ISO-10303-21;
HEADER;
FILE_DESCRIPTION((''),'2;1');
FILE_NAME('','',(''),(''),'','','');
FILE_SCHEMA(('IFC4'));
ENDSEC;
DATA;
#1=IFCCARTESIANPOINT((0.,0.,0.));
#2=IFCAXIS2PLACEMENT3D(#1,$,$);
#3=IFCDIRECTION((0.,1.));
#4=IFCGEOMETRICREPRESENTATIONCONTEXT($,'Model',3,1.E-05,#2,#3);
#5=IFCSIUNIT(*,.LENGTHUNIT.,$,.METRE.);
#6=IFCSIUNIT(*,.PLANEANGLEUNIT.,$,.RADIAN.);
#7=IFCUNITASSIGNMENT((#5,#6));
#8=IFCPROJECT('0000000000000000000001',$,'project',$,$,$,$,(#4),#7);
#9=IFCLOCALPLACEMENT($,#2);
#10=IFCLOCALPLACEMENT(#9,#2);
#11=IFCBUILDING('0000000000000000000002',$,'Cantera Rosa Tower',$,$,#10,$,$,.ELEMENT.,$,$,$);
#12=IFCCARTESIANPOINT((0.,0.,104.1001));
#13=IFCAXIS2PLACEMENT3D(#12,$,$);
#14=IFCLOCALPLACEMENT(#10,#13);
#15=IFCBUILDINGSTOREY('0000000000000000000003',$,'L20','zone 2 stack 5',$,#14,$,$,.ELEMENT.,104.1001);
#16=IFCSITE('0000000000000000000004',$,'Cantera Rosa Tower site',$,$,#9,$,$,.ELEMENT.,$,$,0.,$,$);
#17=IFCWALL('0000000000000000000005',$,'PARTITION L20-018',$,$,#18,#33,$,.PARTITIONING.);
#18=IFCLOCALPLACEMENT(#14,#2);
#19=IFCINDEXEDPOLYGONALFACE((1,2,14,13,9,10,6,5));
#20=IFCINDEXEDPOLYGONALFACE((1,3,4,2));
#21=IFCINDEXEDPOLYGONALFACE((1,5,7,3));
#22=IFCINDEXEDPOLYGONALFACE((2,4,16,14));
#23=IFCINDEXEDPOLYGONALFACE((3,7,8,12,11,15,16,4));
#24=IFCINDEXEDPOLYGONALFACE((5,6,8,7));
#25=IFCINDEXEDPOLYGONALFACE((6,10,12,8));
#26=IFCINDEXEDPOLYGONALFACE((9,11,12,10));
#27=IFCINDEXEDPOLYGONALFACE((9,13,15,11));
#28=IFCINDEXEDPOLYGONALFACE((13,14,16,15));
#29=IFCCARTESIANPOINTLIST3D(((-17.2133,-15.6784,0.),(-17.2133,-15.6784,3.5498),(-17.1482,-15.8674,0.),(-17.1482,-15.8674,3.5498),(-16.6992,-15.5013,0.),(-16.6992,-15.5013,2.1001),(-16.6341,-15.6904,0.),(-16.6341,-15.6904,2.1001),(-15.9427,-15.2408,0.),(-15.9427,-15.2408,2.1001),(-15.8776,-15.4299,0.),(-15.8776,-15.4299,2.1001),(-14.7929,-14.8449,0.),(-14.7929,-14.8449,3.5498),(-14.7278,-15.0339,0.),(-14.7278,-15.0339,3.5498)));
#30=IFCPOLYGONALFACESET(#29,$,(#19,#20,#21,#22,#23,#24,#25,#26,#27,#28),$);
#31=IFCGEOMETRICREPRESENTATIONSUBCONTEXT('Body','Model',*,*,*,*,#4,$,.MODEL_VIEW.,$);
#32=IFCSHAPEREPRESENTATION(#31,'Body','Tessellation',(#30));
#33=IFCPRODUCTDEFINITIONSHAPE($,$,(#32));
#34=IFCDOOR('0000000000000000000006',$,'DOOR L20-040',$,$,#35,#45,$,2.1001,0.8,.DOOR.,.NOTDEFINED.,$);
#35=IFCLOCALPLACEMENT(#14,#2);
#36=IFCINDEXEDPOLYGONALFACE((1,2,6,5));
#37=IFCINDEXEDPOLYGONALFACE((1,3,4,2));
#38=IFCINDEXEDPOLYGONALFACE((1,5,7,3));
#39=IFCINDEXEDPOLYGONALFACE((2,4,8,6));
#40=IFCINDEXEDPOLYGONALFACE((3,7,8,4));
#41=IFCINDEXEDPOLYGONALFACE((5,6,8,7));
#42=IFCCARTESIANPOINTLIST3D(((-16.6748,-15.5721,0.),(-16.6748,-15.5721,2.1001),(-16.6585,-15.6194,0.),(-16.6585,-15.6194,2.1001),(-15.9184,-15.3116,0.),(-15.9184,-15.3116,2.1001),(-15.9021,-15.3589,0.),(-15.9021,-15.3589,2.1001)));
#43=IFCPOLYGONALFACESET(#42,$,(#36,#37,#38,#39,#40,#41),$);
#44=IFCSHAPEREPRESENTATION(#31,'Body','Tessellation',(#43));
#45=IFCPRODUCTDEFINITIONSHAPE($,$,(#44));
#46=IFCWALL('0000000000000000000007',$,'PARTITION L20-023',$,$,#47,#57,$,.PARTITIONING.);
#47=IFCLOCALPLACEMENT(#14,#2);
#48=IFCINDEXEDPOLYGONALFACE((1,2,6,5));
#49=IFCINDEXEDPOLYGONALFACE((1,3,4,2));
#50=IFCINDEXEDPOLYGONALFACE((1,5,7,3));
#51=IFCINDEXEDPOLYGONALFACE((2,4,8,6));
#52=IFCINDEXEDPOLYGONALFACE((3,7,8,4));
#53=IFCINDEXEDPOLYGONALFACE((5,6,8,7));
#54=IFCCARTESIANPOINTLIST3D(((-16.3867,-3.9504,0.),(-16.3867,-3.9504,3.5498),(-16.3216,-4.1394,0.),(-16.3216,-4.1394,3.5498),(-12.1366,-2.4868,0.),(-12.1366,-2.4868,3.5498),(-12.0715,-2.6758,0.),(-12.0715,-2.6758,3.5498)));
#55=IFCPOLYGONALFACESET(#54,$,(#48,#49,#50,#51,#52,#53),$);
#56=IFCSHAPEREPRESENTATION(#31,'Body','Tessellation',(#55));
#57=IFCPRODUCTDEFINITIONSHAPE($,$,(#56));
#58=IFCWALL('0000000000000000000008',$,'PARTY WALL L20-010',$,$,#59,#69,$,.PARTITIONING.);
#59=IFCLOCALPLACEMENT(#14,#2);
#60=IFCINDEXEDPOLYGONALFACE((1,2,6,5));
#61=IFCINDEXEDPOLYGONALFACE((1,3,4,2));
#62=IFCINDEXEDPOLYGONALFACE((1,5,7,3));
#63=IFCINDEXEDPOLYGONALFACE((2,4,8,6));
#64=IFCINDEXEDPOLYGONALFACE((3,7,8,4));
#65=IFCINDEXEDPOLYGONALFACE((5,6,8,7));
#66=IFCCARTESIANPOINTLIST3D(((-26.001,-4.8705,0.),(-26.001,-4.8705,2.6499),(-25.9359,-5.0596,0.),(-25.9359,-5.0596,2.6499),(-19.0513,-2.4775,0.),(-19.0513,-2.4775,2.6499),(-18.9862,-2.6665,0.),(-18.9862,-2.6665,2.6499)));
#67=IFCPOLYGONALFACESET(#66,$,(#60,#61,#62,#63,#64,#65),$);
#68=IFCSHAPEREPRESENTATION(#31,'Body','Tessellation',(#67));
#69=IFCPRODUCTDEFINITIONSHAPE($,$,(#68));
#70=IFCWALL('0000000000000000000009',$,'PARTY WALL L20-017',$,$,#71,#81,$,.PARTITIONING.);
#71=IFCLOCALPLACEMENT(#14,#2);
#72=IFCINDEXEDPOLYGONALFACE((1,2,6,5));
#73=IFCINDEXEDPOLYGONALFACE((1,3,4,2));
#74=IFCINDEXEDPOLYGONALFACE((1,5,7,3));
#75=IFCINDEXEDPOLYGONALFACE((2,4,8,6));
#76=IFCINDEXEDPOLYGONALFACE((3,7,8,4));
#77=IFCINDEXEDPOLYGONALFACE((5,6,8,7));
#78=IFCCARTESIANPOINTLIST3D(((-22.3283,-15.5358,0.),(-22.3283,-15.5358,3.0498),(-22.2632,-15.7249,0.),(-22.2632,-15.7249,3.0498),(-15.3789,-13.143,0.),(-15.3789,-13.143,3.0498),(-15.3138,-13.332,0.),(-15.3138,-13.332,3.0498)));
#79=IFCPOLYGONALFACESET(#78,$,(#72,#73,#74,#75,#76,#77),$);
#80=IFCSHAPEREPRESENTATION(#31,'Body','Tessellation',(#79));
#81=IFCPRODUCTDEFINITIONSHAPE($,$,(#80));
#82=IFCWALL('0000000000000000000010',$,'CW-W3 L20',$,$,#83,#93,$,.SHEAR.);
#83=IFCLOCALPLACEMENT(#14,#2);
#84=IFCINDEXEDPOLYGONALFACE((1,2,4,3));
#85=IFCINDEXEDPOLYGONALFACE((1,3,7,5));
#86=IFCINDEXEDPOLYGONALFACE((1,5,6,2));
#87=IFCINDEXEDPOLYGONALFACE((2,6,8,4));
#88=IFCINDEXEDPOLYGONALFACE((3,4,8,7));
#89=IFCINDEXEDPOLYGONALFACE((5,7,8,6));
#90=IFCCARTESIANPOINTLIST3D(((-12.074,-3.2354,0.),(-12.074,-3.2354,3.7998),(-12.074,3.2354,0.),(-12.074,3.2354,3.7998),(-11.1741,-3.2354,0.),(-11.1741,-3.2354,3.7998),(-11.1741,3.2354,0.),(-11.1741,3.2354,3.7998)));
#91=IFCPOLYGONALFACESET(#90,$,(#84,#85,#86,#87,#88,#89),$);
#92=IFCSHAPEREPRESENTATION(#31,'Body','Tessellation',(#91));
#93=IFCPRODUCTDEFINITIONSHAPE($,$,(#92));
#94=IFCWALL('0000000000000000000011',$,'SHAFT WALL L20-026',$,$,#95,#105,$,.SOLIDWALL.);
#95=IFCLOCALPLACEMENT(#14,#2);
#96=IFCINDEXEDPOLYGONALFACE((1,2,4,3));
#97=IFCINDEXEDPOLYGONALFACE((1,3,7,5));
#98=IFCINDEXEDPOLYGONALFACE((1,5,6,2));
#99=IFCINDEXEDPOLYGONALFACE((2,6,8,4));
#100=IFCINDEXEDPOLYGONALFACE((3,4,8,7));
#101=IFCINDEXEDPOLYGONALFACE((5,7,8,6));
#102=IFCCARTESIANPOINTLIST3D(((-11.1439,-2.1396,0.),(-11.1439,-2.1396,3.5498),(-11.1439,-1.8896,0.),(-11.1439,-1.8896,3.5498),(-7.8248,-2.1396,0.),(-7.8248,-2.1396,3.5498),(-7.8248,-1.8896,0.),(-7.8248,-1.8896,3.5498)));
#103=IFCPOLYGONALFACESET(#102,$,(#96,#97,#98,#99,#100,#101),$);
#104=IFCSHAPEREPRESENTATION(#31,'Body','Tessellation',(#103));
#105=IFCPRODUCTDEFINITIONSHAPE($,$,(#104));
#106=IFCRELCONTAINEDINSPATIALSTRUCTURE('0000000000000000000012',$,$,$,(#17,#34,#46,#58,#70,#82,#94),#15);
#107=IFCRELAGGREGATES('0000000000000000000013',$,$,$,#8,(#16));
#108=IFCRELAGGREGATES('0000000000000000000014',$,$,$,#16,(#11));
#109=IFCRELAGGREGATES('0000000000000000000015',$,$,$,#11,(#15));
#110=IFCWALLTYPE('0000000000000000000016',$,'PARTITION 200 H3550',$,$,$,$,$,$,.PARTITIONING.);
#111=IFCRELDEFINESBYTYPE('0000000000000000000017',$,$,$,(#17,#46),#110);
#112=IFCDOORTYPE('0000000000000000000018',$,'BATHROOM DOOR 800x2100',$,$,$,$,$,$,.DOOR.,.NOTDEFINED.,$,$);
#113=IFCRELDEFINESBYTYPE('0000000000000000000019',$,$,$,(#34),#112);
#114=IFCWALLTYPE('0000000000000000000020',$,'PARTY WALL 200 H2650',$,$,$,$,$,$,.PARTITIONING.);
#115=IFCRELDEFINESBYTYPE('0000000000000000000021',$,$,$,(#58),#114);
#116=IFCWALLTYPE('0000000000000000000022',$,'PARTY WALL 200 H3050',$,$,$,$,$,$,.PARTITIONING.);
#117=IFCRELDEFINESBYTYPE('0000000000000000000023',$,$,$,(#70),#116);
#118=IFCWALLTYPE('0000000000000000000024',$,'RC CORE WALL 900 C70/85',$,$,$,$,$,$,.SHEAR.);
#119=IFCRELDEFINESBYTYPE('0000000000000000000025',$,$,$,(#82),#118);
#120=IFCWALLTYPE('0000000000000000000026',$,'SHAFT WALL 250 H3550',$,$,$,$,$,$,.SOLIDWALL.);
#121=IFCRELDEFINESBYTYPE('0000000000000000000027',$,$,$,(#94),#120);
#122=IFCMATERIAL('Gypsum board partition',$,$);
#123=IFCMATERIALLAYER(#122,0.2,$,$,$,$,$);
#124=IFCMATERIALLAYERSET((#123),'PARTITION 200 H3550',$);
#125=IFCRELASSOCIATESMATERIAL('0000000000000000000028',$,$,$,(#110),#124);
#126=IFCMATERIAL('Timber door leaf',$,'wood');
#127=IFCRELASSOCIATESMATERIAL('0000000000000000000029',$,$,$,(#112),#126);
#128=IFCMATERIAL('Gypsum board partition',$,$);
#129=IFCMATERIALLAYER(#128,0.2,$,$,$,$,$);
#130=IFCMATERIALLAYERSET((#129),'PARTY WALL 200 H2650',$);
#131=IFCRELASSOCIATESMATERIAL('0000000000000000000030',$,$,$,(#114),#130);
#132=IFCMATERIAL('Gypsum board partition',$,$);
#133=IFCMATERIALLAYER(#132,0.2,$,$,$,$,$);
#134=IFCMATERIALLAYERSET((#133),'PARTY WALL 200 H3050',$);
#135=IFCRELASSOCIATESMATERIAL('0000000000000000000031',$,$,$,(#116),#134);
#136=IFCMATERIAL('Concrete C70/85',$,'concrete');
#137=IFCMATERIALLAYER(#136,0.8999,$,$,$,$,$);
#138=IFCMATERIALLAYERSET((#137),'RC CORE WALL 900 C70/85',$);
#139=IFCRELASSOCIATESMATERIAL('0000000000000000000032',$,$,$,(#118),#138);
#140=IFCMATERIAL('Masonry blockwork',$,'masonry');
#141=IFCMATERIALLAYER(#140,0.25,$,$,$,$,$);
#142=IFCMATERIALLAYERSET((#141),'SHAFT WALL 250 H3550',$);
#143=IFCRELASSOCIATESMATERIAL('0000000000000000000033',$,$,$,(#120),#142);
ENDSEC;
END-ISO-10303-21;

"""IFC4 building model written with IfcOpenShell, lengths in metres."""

from ifc_helpers import new_model, si_unit, direction, frame, frame_2d, origin, place, context, subcontext, project, spatial, rectangle, extrude, material, layer, layer_set, type_object, element, fill, save


model = new_model("IFC4")

# Units and contexts
model_context = context("Model", 3, precision=1e-05, world=origin(), true_north=direction((0.0, 1.0)))
body_context = subcontext(model_context, "Body", "Model", "MODEL_VIEW")
ifc_project = project(units=[si_unit("LENGTHUNIT", "METRE"), si_unit("PLANEANGLEUNIT", "RADIAN")], contexts=[model_context])

# Site, building, storey
site_placement = place(None, origin())
site = spatial("IfcSite", under=ifc_project, at=site_placement, Name="Cantera Rosa Tower site", CompositionType="ELEMENT", RefElevation=0.0)
building_placement = place(site_placement, origin())
building = spatial("IfcBuilding", under=site, at=building_placement, Name="Cantera Rosa Tower", CompositionType="ELEMENT")
storey_placement = place(building_placement, frame((0.0, 0.0, 104.1001)))
storey = spatial("IfcBuildingStorey", under=building, at=storey_placement, Name="L20", Description="zone 2 stack 5", CompositionType="ELEMENT", Elevation=104.1001)

# Shared definitions
ifc_material_1 = material(Name="Gypsum board partition")
ifc_layer_1 = layer(ifc_material_1, 0.2)
ifc_layer_set_1 = layer_set([ifc_layer_1], Name="PARTITION 200 H3550")
wall_type_1 = type_object("IfcWallType", Name="PARTITION 200 H3550", PredefinedType="PARTITIONING", material=ifc_layer_set_1)
ifc_material_2 = material(Name="Timber door leaf", Category="wood")
door_type_1 = type_object("IfcDoorType", Name="BATHROOM DOOR 800x2100", OperationType="NOTDEFINED", PredefinedType="DOOR", material=ifc_material_2)

# Wall, opening, door
wall_1_placement = place(storey_placement, frame((-14.7605, -14.9395, 0.0), z_axis=(0.0, 0.0, 1.0), x_axis=(-0.945509, -0.325597, 0.0)))
wall_1 = element("IfcWall", 1, at=wall_1_placement, inside=storey, type_object=wall_type_1, Name="PARTITION L20-018", PredefinedType="PARTITIONING", context=body_context, shape_type="SweptSolid", body=[
    extrude(rectangle(XDim=2.5598, YDim=0.2, at=frame_2d((1.2798, 0.0))), origin(), (0.0, 0.0, 1.0), 3.5498),
])
opening_1_placement = place(wall_1_placement, frame((1.2161, 0.0, 0.0)))
opening_1 = element("IfcOpeningElement", 2, at=opening_1_placement, cuts=wall_1, PredefinedType="OPENING", context=body_context, shape_type="SweptSolid", body=[
    extrude(rectangle(XDim=0.8, YDim=2.1001, at=frame_2d((0.3999, 1.05))), frame((0.0, 0.1099, 0.0), z_axis=(0.0, -1.0, 0.0), x_axis=(1.0, 0.0, 0.0)), (0.0, 0.0, 1.0), 0.22),
])
door_1_placement = place(opening_1_placement, origin())
door_1 = element("IfcDoor", 3, at=door_1_placement, inside=storey, type_object=door_type_1, Name="DOOR L20-040", OperationType="NOTDEFINED", OverallHeight=2.1001, OverallWidth=0.8, PredefinedType="DOOR", context=body_context, shape_type="SweptSolid", body=[
    extrude(rectangle(XDim=0.8, YDim=2.1001, at=frame_2d((0.3999, 1.05))), frame((0.0, 0.0249, 0.0), z_axis=(0.0, -1.0, 0.0), x_axis=(1.0, 0.0, 0.0)), (0.0, 0.0, 1.0), 0.05),
])
fill(opening_1, door_1)

# Walls
wall_2_placement = place(storey_placement, frame((-12.104, -2.5813, 0.0), z_axis=(0.0, 0.0, 1.0), x_axis=(-0.945509, -0.325597, 0.0)))
element("IfcWall", 4, at=wall_2_placement, inside=storey, type_object=wall_type_1, Name="PARTITION L20-023", PredefinedType="PARTITIONING", context=body_context, shape_type="SweptSolid", body=[
    extrude(rectangle(XDim=4.4951, YDim=0.2, at=frame_2d((2.2476, 0.0))), origin(), (0.0, 0.0, 1.0), 3.5498),
])
ifc_material_3 = material(Name="Gypsum board partition")
ifc_layer_2 = layer(ifc_material_3, 0.2)
ifc_layer_set_2 = layer_set([ifc_layer_2], Name="PARTY WALL 200 H2650")
wall_type_2 = type_object("IfcWallType", Name="PARTY WALL 200 H2650", PredefinedType="PARTITIONING", material=ifc_layer_set_2)
wall_3_placement = place(storey_placement, frame((-19.0188, -2.572, 0.0), z_axis=(0.0, 0.0, 1.0), x_axis=(-0.945515, -0.325579, 0.0)))
element("IfcWall", 5, at=wall_3_placement, inside=storey, type_object=wall_type_2, Name="PARTY WALL L20-010", PredefinedType="PARTITIONING", context=body_context, shape_type="SweptSolid", body=[
    extrude(rectangle(XDim=7.3501, YDim=0.2, at=frame_2d((3.675, 0.0))), origin(), (0.0, 0.0, 1.0), 2.6499),
])
ifc_material_4 = material(Name="Gypsum board partition")
ifc_layer_3 = layer(ifc_material_4, 0.2)
ifc_layer_set_3 = layer_set([ifc_layer_3], Name="PARTY WALL 200 H3050")
wall_type_3 = type_object("IfcWallType", Name="PARTY WALL 200 H3050", PredefinedType="PARTITIONING", material=ifc_layer_set_3)
wall_4_placement = place(storey_placement, frame((-15.3464, -13.2375, 0.0), z_axis=(0.0, 0.0, 1.0), x_axis=(-0.945521, -0.32556, 0.0)))
element("IfcWall", 6, at=wall_4_placement, inside=storey, type_object=wall_type_3, Name="PARTY WALL L20-017", PredefinedType="PARTITIONING", context=body_context, shape_type="SweptSolid", body=[
    extrude(rectangle(XDim=7.3499, YDim=0.2, at=frame_2d((3.6748, 0.0))), origin(), (0.0, 0.0, 1.0), 3.0498),
])
ifc_material_5 = material(Name="Concrete C70/85", Category="concrete")
ifc_layer_4 = layer(ifc_material_5, 0.8999)
ifc_layer_set_4 = layer_set([ifc_layer_4], Name="RC CORE WALL 900 C70/85")
wall_type_4 = type_object("IfcWallType", Name="RC CORE WALL 900 C70/85", PredefinedType="SHEAR", material=ifc_layer_set_4)
wall_5_placement = place(storey_placement, frame((-11.624, -3.2354, 0.0), z_axis=(0.0, 0.0, 1.0), x_axis=(0.0, 1.0, 0.0)))
element("IfcWall", 7, at=wall_5_placement, inside=storey, type_object=wall_type_4, Name="CW-W3 L20", PredefinedType="SHEAR", context=body_context, shape_type="SweptSolid", body=[
    extrude(rectangle(XDim=6.4707, YDim=0.8999, at=frame_2d((3.2354, 0.0))), origin(), (0.0, 0.0, 1.0), 3.7998),
])
ifc_material_6 = material(Name="Masonry blockwork", Category="masonry")
ifc_layer_5 = layer(ifc_material_6, 0.25)
ifc_layer_set_5 = layer_set([ifc_layer_5], Name="SHAFT WALL 250 H3550")
wall_type_5 = type_object("IfcWallType", Name="SHAFT WALL 250 H3550", PredefinedType="SOLIDWALL", material=ifc_layer_set_5)
wall_6_placement = place(storey_placement, frame((-11.144, -2.0146, 0.0), z_axis=(0.0, 0.0, 1.0), x_axis=(1.0, 0.0, 0.0)))
element("IfcWall", 8, at=wall_6_placement, inside=storey, type_object=wall_type_5, Name="SHAFT WALL L20-026", PredefinedType="SOLIDWALL", context=body_context, shape_type="SweptSolid", body=[
    extrude(rectangle(XDim=3.3191, YDim=0.25, at=frame_2d((1.6597, 0.0))), origin(), (0.0, 0.0, 1.0), 3.5498),
])

save(model, "model.ifc")
